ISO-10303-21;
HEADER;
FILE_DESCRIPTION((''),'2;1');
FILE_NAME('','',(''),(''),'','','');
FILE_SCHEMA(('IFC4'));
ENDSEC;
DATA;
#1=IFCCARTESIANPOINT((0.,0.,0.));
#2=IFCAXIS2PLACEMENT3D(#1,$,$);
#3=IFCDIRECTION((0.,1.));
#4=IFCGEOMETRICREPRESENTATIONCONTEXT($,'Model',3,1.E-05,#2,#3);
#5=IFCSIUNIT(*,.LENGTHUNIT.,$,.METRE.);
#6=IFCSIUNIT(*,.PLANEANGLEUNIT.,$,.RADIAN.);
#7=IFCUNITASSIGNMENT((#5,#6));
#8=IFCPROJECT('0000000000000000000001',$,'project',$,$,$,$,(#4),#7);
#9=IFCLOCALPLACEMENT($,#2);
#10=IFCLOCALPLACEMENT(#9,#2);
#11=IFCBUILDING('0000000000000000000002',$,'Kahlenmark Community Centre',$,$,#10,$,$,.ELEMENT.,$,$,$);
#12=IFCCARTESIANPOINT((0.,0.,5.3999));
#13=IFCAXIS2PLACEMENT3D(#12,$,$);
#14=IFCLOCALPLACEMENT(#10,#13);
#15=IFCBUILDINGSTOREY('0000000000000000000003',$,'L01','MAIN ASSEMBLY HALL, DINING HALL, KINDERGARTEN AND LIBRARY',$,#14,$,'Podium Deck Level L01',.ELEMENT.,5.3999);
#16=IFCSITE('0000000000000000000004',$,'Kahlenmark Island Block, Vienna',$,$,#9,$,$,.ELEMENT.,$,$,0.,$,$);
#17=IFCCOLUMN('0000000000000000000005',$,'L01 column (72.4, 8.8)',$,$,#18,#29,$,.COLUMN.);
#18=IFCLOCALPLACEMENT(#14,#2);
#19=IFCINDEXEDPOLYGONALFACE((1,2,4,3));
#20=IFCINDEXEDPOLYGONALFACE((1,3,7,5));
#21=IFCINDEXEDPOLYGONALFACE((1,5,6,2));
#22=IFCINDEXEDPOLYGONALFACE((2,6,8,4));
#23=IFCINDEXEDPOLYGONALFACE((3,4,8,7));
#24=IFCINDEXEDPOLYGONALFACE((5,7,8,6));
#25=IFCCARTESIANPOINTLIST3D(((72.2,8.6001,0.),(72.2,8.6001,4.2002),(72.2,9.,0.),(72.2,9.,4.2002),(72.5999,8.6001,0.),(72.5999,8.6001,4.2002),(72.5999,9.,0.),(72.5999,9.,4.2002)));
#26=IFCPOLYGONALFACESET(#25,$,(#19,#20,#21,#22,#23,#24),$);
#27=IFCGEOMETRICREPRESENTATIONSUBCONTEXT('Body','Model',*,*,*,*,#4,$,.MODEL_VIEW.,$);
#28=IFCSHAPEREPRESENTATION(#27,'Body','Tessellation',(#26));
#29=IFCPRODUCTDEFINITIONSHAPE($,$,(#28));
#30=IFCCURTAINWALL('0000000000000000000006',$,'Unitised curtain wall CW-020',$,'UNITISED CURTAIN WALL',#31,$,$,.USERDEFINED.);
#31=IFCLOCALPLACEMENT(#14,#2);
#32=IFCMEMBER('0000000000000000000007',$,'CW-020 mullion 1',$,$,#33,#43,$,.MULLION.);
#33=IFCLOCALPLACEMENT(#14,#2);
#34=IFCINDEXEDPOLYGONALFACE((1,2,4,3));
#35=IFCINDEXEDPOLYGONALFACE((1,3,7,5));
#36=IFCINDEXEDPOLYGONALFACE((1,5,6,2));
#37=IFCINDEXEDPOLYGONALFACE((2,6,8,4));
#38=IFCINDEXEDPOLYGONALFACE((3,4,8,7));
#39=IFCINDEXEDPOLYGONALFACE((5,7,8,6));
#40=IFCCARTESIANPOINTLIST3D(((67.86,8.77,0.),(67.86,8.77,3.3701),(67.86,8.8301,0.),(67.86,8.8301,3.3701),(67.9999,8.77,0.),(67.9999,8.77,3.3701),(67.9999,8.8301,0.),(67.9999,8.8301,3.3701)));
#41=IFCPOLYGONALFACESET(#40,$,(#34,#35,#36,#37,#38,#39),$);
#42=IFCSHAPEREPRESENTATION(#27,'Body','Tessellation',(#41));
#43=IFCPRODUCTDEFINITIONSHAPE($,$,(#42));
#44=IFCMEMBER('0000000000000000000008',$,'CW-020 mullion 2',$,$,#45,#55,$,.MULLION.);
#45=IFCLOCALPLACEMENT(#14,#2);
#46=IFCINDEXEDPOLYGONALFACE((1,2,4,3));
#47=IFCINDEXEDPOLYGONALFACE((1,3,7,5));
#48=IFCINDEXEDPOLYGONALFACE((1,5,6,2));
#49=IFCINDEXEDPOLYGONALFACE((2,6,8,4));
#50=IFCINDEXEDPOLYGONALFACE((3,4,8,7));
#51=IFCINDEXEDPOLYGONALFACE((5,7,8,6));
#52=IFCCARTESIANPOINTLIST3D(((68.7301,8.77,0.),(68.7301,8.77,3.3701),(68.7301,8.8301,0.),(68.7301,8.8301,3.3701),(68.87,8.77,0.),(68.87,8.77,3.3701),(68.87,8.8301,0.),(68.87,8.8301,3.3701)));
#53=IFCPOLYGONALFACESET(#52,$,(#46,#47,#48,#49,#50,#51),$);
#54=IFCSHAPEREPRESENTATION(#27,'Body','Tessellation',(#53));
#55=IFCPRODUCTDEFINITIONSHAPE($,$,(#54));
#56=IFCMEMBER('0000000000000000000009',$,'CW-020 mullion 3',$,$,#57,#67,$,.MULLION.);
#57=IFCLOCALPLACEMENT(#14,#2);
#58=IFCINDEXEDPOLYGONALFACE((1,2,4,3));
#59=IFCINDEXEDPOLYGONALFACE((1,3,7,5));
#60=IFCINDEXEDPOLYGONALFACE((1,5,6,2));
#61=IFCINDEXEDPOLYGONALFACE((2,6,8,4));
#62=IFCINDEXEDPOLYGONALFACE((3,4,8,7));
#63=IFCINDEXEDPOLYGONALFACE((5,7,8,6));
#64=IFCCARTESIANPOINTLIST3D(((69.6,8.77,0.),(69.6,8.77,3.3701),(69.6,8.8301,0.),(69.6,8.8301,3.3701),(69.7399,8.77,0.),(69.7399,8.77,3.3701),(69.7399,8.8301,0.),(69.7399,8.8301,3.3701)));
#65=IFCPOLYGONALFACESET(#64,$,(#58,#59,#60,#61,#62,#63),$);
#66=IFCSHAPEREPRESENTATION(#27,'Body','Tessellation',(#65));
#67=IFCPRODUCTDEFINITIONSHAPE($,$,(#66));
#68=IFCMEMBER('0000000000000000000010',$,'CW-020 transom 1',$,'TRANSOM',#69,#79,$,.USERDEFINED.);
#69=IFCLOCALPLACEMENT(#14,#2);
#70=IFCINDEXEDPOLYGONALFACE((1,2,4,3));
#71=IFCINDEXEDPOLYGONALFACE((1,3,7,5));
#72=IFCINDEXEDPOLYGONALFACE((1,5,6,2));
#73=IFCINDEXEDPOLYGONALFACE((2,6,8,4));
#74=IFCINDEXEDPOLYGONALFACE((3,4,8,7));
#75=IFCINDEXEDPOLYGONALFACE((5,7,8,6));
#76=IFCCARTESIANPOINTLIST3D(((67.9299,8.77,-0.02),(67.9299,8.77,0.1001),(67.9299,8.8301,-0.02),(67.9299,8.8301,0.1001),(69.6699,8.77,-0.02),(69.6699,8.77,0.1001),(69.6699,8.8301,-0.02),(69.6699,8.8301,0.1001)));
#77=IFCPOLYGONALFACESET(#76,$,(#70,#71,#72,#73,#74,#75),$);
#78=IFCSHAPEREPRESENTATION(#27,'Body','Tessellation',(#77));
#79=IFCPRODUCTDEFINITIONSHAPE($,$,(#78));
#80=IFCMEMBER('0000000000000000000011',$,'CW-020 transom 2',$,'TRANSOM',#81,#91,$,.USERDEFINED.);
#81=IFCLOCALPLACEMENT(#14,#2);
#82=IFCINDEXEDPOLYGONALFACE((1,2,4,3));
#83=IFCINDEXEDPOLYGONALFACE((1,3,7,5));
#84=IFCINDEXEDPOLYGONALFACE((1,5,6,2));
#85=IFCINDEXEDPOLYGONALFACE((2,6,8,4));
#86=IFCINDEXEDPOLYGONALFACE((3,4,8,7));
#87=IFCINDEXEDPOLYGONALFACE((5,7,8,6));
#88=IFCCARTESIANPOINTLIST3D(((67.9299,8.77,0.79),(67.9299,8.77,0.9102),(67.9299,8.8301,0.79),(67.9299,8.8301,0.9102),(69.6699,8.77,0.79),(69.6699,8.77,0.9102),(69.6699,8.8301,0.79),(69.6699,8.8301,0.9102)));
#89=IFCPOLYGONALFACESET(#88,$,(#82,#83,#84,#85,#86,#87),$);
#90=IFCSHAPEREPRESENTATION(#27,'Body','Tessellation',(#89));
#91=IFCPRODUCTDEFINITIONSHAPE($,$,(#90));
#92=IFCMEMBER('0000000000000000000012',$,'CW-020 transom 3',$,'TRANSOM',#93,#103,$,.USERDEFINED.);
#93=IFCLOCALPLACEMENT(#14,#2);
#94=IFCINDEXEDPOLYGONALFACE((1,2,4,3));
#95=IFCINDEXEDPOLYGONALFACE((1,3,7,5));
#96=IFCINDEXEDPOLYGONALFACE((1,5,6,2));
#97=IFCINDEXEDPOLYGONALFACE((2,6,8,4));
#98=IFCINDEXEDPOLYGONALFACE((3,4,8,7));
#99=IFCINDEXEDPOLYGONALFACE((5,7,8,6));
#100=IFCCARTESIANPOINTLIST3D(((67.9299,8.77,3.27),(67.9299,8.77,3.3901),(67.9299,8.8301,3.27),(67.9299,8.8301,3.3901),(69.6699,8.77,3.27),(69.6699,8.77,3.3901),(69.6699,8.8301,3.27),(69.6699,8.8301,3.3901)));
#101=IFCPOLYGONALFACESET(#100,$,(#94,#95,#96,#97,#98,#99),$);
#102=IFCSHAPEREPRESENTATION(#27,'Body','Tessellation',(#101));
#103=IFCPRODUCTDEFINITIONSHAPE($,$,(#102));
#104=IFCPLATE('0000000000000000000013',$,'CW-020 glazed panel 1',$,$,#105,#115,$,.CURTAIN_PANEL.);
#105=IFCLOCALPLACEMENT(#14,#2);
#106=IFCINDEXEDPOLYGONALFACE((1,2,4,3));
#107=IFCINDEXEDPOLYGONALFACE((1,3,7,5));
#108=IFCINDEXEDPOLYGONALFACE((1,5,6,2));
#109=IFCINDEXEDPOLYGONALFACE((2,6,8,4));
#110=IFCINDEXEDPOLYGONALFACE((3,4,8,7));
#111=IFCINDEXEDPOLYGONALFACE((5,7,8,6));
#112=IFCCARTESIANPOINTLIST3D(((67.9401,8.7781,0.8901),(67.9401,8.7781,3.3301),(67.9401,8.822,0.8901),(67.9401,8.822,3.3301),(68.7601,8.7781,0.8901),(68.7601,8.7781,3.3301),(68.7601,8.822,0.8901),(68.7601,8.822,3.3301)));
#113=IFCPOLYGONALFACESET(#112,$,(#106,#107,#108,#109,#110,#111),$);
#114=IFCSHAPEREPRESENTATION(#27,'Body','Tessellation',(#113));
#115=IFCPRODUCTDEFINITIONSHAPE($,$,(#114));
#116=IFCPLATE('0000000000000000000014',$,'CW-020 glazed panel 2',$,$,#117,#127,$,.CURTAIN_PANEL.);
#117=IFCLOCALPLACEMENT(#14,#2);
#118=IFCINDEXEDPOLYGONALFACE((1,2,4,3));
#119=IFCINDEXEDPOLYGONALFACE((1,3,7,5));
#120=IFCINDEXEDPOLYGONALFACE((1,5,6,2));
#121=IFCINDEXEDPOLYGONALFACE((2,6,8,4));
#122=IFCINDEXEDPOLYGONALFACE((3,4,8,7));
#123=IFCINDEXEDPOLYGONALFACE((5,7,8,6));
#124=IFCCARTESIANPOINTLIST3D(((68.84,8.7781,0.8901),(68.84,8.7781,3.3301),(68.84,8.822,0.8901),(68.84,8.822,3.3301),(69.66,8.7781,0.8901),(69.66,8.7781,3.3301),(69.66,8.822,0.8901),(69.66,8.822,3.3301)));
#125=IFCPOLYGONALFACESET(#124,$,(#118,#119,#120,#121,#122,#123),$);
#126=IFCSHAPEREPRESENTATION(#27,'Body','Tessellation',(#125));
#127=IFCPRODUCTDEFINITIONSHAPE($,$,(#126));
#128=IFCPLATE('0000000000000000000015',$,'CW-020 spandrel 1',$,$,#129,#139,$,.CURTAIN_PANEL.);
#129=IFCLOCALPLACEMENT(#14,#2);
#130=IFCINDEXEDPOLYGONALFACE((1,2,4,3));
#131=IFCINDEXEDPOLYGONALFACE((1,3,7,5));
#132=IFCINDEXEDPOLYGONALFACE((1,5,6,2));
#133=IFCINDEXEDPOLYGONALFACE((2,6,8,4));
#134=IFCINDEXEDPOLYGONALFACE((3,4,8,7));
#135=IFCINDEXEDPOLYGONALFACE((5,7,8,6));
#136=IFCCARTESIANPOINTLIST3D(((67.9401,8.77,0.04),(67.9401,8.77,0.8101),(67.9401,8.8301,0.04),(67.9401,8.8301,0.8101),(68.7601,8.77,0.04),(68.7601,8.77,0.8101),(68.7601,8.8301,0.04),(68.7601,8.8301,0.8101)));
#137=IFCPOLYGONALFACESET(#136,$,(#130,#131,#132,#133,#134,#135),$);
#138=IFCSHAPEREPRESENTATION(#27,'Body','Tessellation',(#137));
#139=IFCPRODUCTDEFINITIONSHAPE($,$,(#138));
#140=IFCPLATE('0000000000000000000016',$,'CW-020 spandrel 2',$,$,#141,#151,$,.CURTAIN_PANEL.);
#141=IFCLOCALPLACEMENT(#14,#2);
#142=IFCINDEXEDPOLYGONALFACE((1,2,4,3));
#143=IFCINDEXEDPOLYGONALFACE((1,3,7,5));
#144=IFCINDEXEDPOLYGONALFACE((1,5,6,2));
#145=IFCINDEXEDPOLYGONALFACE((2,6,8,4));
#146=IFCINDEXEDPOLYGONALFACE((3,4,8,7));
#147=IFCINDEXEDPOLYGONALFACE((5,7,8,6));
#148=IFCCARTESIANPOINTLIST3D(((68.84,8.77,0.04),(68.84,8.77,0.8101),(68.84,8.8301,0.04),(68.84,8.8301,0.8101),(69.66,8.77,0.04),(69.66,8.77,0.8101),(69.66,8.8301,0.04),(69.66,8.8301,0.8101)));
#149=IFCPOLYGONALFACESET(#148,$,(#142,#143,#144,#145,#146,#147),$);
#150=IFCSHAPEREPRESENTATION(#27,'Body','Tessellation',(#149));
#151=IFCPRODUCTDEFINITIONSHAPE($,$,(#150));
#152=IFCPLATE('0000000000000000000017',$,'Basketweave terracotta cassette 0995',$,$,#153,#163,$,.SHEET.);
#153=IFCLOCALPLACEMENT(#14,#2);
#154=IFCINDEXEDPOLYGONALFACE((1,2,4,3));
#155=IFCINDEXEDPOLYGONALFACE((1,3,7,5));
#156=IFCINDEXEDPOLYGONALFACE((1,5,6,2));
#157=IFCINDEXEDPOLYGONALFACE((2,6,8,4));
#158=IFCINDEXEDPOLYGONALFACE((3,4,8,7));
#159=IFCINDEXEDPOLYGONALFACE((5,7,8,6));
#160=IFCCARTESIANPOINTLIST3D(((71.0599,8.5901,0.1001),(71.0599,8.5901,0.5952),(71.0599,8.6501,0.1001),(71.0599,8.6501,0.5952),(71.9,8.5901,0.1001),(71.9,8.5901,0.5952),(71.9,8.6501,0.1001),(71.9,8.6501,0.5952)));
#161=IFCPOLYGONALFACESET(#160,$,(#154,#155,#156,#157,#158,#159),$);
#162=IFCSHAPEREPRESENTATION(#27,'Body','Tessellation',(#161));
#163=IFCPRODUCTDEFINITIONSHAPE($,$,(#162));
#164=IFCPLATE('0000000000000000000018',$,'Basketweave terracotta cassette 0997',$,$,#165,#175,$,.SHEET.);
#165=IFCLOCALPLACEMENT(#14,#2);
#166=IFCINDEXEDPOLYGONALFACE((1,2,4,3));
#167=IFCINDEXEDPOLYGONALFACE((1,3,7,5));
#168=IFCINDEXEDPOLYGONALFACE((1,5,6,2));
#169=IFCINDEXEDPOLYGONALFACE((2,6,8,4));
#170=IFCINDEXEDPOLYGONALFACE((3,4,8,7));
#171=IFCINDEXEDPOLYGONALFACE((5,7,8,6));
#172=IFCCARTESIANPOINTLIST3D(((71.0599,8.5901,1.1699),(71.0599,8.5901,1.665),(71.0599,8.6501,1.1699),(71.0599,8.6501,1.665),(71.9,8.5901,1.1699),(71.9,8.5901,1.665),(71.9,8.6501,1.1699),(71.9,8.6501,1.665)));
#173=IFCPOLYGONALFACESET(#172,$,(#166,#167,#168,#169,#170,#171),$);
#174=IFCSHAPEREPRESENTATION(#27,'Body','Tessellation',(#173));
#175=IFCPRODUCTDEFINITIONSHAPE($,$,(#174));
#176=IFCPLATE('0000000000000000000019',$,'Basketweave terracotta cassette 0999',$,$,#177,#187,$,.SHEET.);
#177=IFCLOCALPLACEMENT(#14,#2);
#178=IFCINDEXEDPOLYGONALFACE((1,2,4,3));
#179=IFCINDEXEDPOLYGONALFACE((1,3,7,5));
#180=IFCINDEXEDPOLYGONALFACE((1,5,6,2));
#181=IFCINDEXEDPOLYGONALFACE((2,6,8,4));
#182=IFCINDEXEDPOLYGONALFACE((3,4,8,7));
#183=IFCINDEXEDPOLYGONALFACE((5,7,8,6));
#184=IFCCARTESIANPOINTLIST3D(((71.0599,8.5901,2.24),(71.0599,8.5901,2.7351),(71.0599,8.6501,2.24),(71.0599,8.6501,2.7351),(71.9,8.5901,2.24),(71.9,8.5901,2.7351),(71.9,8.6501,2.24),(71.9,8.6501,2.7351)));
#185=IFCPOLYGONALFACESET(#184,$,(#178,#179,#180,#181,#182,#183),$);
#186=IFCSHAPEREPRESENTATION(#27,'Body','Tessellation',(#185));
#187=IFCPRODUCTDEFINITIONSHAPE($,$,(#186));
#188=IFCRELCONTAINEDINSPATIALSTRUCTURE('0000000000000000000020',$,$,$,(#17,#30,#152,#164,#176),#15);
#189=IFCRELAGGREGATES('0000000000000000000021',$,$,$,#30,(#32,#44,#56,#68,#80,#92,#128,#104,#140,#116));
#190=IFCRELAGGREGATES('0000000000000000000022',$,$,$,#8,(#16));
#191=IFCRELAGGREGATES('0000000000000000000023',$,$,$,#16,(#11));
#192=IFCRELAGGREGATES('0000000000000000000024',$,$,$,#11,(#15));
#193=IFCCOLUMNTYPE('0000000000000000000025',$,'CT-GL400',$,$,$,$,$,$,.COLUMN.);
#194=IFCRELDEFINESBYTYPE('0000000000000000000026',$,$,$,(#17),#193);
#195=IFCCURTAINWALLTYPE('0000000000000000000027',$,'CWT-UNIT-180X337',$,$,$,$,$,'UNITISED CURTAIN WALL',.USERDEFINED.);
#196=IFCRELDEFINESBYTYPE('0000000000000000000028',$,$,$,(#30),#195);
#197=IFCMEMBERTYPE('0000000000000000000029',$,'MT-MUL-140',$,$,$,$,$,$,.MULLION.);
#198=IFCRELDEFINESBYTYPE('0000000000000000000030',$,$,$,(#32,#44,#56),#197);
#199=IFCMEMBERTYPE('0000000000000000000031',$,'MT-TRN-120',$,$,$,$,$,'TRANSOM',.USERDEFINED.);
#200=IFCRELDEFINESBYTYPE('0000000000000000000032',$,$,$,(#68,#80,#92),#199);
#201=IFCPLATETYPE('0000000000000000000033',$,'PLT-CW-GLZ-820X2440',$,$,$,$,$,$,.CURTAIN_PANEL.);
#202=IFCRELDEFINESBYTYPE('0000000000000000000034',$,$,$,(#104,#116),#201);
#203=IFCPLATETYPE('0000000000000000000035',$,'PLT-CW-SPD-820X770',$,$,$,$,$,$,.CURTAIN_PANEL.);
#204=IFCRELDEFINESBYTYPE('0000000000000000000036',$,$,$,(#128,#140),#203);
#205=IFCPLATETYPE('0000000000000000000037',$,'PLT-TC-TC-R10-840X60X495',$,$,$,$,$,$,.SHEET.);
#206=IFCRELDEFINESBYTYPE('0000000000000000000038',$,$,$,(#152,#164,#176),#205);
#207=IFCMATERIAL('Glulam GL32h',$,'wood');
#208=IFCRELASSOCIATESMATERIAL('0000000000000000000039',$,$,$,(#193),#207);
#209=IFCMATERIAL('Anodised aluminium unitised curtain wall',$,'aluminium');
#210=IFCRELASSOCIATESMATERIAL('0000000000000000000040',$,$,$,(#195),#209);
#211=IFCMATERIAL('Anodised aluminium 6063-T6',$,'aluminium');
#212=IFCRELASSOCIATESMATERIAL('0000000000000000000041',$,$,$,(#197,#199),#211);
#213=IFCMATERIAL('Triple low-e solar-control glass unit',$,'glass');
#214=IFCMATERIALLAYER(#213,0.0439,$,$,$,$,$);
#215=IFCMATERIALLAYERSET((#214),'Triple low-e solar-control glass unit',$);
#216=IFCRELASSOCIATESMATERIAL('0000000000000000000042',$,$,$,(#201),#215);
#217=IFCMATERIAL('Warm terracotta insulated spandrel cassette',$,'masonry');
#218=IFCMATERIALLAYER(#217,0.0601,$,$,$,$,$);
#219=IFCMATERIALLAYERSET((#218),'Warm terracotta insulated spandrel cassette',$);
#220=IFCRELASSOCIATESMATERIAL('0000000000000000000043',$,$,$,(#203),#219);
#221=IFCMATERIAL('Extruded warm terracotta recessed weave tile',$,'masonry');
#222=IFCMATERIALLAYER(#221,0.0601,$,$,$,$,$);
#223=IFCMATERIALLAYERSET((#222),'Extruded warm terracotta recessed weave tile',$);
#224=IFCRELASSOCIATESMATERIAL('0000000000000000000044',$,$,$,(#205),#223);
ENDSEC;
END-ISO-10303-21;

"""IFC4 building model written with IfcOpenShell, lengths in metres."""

from ifc_helpers import new_model, si_unit, direction, frame, origin, origin_2d, place, context, subcontext, project, spatial, rectangle, extrude, material, layer, layer_set, material_profile, profile_set, type_object, element, aggregate, save


model = new_model("IFC4")

# Units and contexts
model_context = context("Model", 3, precision=1e-05, world=origin(), true_north=direction((0.0, 1.0)))
body_context = subcontext(model_context, "Body", "Model", "MODEL_VIEW")
ifc_project = project(units=[si_unit("LENGTHUNIT", "METRE"), si_unit("PLANEANGLEUNIT", "RADIAN")], contexts=[model_context])

# Site, building, storey
site_placement = place(None, origin())
site = spatial("IfcSite", under=ifc_project, at=site_placement, Name="Kahlenmark Island Block, Vienna", CompositionType="ELEMENT", RefElevation=0.0)
building_placement = place(site_placement, origin())
building = spatial("IfcBuilding", under=site, at=building_placement, Name="Kahlenmark Community Centre", CompositionType="ELEMENT")
storey_placement = place(building_placement, frame((0.0, 0.0, 5.3999)))
storey = spatial("IfcBuildingStorey", under=building, at=storey_placement, Name="L01", Description="MAIN ASSEMBLY HALL, DINING HALL, KINDERGARTEN AND LIBRARY", LongName="Podium Deck Level L01", CompositionType="ELEMENT", Elevation=5.3999)

# Column
ifc_material_1 = material(Name="Glulam GL32h", Category="wood")
ifc_material_profile_1 = material_profile(ifc_material_1, rectangle(XDim=0.3999, YDim=0.3999, at=origin_2d()), Name="GL32h 400x400")
ifc_profile_set_1 = profile_set([ifc_material_profile_1], Name="Glulam GL32h")
column_type = type_object("IfcColumnType", Name="CT-GL400", PredefinedType="COLUMN", material=ifc_profile_set_1)
column_placement = place(storey_placement, frame((72.3999, 8.8, 0.0), z_axis=(0.0, 0.0, 1.0), x_axis=(1.0, 0.0, 0.0)))
element("IfcColumn", 1, at=column_placement, inside=storey, type_object=column_type, Name="L01 column (72.4, 8.8)", PredefinedType="COLUMN", context=body_context, shape_type="SweptSolid", body=[
    extrude(rectangle(XDim=0.3999, YDim=0.3999, at=origin_2d()), origin(), (0.0, 0.0, 1.0), 4.2002),
])

# Curtain wall, members, plates
ifc_material_2 = material(Name="Anodised aluminium unitised curtain wall", Category="aluminium")
curtain_wall_type = type_object("IfcCurtainWallType", Name="CWT-UNIT-180X337", ElementType="UNITISED CURTAIN WALL", PredefinedType="USERDEFINED", material=ifc_material_2)
curtain_wall_placement = place(storey_placement, origin())
curtain_wall = element("IfcCurtainWall", 2, at=curtain_wall_placement, inside=storey, type_object=curtain_wall_type, Name="Unitised curtain wall CW-020", ObjectType="UNITISED CURTAIN WALL", PredefinedType="USERDEFINED")
ifc_material_3 = material(Name="Anodised aluminium 6063-T6", Category="aluminium")
ifc_material_profile_2 = material_profile(ifc_material_3, rectangle(XDim=0.0601, YDim=0.1399, at=origin_2d()), Name="ALU MULLION 60x140")
ifc_profile_set_2 = profile_set([ifc_material_profile_2], Name="Anodised aluminium 6063-T6")
member_type_1 = type_object("IfcMemberType", Name="MT-MUL-140", PredefinedType="MULLION", material=ifc_profile_set_2)
member_1_placement = place(storey_placement, frame((67.9299, 8.8, 0.0), z_axis=(0.0, 0.0, 1.0), x_axis=(0.0, 1.0, 0.0)))
member_1 = element("IfcMember", 3, at=member_1_placement, type_object=member_type_1, Name="CW-020 mullion 1", PredefinedType="MULLION", context=body_context, shape_type="SweptSolid", body=[
    extrude(rectangle(XDim=0.0601, YDim=0.1399, at=origin_2d()), origin(), (0.0, 0.0, 1.0), 3.3701),
])
member_2_placement = place(storey_placement, frame((68.8, 8.8, 0.0), z_axis=(0.0, 0.0, 1.0), x_axis=(0.0, 1.0, 0.0)))
member_2 = element("IfcMember", 4, at=member_2_placement, type_object=member_type_1, Name="CW-020 mullion 2", PredefinedType="MULLION", context=body_context, shape_type="SweptSolid", body=[
    extrude(rectangle(XDim=0.0601, YDim=0.1399, at=origin_2d()), origin(), (0.0, 0.0, 1.0), 3.3701),
])
member_3_placement = place(storey_placement, frame((69.6699, 8.8, 0.0), z_axis=(0.0, 0.0, 1.0), x_axis=(0.0, 1.0, 0.0)))
member_3 = element("IfcMember", 5, at=member_3_placement, type_object=member_type_1, Name="CW-020 mullion 3", PredefinedType="MULLION", context=body_context, shape_type="SweptSolid", body=[
    extrude(rectangle(XDim=0.0601, YDim=0.1399, at=origin_2d()), origin(), (0.0, 0.0, 1.0), 3.3701),
])
ifc_material_profile_3 = material_profile(ifc_material_3, rectangle(XDim=0.0601, YDim=0.1201, at=origin_2d()), Name="ALU TRANSOM 60x120")
ifc_profile_set_3 = profile_set([ifc_material_profile_3], Name="Anodised aluminium 6063-T6")
member_type_2 = type_object("IfcMemberType", Name="MT-TRN-120", ElementType="TRANSOM", PredefinedType="USERDEFINED", material=ifc_profile_set_3)
member_4_placement = place(storey_placement, frame((67.9299, 8.8, 0.04), z_axis=(1.0, 0.0, 0.0), x_axis=(0.0, 1.0, 0.0)))
member_4 = element("IfcMember", 6, at=member_4_placement, type_object=member_type_2, Name="CW-020 transom 1", ObjectType="TRANSOM", PredefinedType="USERDEFINED", context=body_context, shape_type="SweptSolid", body=[
    extrude(rectangle(XDim=0.0601, YDim=0.1201, at=origin_2d()), origin(), (0.0, 0.0, 1.0), 1.74),
])
member_5_placement = place(storey_placement, frame((67.9299, 8.8, 0.8501), z_axis=(1.0, 0.0, 0.0), x_axis=(0.0, 1.0, 0.0)))
member_5 = element("IfcMember", 7, at=member_5_placement, type_object=member_type_2, Name="CW-020 transom 2", ObjectType="TRANSOM", PredefinedType="USERDEFINED", context=body_context, shape_type="SweptSolid", body=[
    extrude(rectangle(XDim=0.0601, YDim=0.1201, at=origin_2d()), origin(), (0.0, 0.0, 1.0), 1.74),
])
member_6_placement = place(storey_placement, frame((67.9299, 8.8, 3.3301), z_axis=(1.0, 0.0, 0.0), x_axis=(0.0, 1.0, 0.0)))
member_6 = element("IfcMember", 8, at=member_6_placement, type_object=member_type_2, Name="CW-020 transom 3", ObjectType="TRANSOM", PredefinedType="USERDEFINED", context=body_context, shape_type="SweptSolid", body=[
    extrude(rectangle(XDim=0.0601, YDim=0.1201, at=origin_2d()), origin(), (0.0, 0.0, 1.0), 1.74),
])
ifc_material_4 = material(Name="Triple low-e solar-control glass unit", Category="glass")
ifc_layer_1 = layer(ifc_material_4, 0.0439)
ifc_layer_set_1 = layer_set([ifc_layer_1], Name="Triple low-e solar-control glass unit")
plate_type_1 = type_object("IfcPlateType", Name="PLT-CW-GLZ-820X2440", PredefinedType="CURTAIN_PANEL", material=ifc_layer_set_1)
plate_1_placement = place(storey_placement, frame((68.3501, 8.8, 0.8901), z_axis=(0.0, 0.0, 1.0), x_axis=(1.0, 0.0, 0.0)))
plate_1 = element("IfcPlate", 9, at=plate_1_placement, type_object=plate_type_1, Name="CW-020 glazed panel 1", PredefinedType="CURTAIN_PANEL", context=body_context, shape_type="SweptSolid", body=[
    extrude(rectangle(XDim=0.8201, YDim=0.0439, at=origin_2d()), origin(), (0.0, 0.0, 1.0), 2.4399),
])
plate_2_placement = place(storey_placement, frame((69.25, 8.8, 0.8901), z_axis=(0.0, 0.0, 1.0), x_axis=(1.0, 0.0, 0.0)))
plate_2 = element("IfcPlate", 10, at=plate_2_placement, type_object=plate_type_1, Name="CW-020 glazed panel 2", PredefinedType="CURTAIN_PANEL", context=body_context, shape_type="SweptSolid", body=[
    extrude(rectangle(XDim=0.8201, YDim=0.0439, at=origin_2d()), origin(), (0.0, 0.0, 1.0), 2.4399),
])
ifc_material_5 = material(Name="Warm terracotta insulated spandrel cassette", Category="masonry")
ifc_layer_2 = layer(ifc_material_5, 0.0601)
ifc_layer_set_2 = layer_set([ifc_layer_2], Name="Warm terracotta insulated spandrel cassette")
plate_type_2 = type_object("IfcPlateType", Name="PLT-CW-SPD-820X770", PredefinedType="CURTAIN_PANEL", material=ifc_layer_set_2)
plate_3_placement = place(storey_placement, frame((68.3501, 8.8, 0.04), z_axis=(0.0, 0.0, 1.0), x_axis=(1.0, 0.0, 0.0)))
plate_3 = element("IfcPlate", 11, at=plate_3_placement, type_object=plate_type_2, Name="CW-020 spandrel 1", PredefinedType="CURTAIN_PANEL", context=body_context, shape_type="SweptSolid", body=[
    extrude(rectangle(XDim=0.8201, YDim=0.0601, at=origin_2d()), origin(), (0.0, 0.0, 1.0), 0.77),
])
plate_4_placement = place(storey_placement, frame((69.25, 8.8, 0.04), z_axis=(0.0, 0.0, 1.0), x_axis=(1.0, 0.0, 0.0)))
plate_4 = element("IfcPlate", 12, at=plate_4_placement, type_object=plate_type_2, Name="CW-020 spandrel 2", PredefinedType="CURTAIN_PANEL", context=body_context, shape_type="SweptSolid", body=[
    extrude(rectangle(XDim=0.8201, YDim=0.0601, at=origin_2d()), origin(), (0.0, 0.0, 1.0), 0.77),
])
aggregate(curtain_wall, [member_1, member_2, member_3, member_4, member_5, member_6, plate_3, plate_1, plate_4, plate_2])

# Plates
ifc_material_6 = material(Name="Extruded warm terracotta recessed weave tile", Category="masonry")
ifc_layer_3 = layer(ifc_material_6, 0.0601)
ifc_layer_set_3 = layer_set([ifc_layer_3], Name="Extruded warm terracotta recessed weave tile")
plate_type_3 = type_object("IfcPlateType", Name="PLT-TC-TC-R10-840X60X495", PredefinedType="SHEET", material=ifc_layer_set_3)
for number, where, z_axis, x_axis, name in (
    (13, (71.48, 8.6201, 0.1001), (0.0, 0.0, 1.0), (1.0, 0.0, 0.0), "Basketweave terracotta cassette 0995"),
    (14, (71.48, 8.6201, 1.1699), (0.0, 0.0, 1.0), (1.0, 0.0, 0.0), "Basketweave terracotta cassette 0997"),
    (15, (71.48, 8.6201, 2.24), (0.0, 0.0, 1.0), (1.0, 0.0, 0.0), "Basketweave terracotta cassette 0999"),
):
    element("IfcPlate", number, at=place(storey_placement, frame(where, z_axis=z_axis, x_axis=x_axis)), inside=storey, type_object=plate_type_3, Name=name, PredefinedType="SHEET", context=body_context, shape_type="SweptSolid", body=[
        extrude(rectangle(XDim=0.8401, YDim=0.0601, at=origin_2d()), origin(), (0.0, 0.0, 1.0), 0.4951),
    ])

save(model, "model.ifc")
